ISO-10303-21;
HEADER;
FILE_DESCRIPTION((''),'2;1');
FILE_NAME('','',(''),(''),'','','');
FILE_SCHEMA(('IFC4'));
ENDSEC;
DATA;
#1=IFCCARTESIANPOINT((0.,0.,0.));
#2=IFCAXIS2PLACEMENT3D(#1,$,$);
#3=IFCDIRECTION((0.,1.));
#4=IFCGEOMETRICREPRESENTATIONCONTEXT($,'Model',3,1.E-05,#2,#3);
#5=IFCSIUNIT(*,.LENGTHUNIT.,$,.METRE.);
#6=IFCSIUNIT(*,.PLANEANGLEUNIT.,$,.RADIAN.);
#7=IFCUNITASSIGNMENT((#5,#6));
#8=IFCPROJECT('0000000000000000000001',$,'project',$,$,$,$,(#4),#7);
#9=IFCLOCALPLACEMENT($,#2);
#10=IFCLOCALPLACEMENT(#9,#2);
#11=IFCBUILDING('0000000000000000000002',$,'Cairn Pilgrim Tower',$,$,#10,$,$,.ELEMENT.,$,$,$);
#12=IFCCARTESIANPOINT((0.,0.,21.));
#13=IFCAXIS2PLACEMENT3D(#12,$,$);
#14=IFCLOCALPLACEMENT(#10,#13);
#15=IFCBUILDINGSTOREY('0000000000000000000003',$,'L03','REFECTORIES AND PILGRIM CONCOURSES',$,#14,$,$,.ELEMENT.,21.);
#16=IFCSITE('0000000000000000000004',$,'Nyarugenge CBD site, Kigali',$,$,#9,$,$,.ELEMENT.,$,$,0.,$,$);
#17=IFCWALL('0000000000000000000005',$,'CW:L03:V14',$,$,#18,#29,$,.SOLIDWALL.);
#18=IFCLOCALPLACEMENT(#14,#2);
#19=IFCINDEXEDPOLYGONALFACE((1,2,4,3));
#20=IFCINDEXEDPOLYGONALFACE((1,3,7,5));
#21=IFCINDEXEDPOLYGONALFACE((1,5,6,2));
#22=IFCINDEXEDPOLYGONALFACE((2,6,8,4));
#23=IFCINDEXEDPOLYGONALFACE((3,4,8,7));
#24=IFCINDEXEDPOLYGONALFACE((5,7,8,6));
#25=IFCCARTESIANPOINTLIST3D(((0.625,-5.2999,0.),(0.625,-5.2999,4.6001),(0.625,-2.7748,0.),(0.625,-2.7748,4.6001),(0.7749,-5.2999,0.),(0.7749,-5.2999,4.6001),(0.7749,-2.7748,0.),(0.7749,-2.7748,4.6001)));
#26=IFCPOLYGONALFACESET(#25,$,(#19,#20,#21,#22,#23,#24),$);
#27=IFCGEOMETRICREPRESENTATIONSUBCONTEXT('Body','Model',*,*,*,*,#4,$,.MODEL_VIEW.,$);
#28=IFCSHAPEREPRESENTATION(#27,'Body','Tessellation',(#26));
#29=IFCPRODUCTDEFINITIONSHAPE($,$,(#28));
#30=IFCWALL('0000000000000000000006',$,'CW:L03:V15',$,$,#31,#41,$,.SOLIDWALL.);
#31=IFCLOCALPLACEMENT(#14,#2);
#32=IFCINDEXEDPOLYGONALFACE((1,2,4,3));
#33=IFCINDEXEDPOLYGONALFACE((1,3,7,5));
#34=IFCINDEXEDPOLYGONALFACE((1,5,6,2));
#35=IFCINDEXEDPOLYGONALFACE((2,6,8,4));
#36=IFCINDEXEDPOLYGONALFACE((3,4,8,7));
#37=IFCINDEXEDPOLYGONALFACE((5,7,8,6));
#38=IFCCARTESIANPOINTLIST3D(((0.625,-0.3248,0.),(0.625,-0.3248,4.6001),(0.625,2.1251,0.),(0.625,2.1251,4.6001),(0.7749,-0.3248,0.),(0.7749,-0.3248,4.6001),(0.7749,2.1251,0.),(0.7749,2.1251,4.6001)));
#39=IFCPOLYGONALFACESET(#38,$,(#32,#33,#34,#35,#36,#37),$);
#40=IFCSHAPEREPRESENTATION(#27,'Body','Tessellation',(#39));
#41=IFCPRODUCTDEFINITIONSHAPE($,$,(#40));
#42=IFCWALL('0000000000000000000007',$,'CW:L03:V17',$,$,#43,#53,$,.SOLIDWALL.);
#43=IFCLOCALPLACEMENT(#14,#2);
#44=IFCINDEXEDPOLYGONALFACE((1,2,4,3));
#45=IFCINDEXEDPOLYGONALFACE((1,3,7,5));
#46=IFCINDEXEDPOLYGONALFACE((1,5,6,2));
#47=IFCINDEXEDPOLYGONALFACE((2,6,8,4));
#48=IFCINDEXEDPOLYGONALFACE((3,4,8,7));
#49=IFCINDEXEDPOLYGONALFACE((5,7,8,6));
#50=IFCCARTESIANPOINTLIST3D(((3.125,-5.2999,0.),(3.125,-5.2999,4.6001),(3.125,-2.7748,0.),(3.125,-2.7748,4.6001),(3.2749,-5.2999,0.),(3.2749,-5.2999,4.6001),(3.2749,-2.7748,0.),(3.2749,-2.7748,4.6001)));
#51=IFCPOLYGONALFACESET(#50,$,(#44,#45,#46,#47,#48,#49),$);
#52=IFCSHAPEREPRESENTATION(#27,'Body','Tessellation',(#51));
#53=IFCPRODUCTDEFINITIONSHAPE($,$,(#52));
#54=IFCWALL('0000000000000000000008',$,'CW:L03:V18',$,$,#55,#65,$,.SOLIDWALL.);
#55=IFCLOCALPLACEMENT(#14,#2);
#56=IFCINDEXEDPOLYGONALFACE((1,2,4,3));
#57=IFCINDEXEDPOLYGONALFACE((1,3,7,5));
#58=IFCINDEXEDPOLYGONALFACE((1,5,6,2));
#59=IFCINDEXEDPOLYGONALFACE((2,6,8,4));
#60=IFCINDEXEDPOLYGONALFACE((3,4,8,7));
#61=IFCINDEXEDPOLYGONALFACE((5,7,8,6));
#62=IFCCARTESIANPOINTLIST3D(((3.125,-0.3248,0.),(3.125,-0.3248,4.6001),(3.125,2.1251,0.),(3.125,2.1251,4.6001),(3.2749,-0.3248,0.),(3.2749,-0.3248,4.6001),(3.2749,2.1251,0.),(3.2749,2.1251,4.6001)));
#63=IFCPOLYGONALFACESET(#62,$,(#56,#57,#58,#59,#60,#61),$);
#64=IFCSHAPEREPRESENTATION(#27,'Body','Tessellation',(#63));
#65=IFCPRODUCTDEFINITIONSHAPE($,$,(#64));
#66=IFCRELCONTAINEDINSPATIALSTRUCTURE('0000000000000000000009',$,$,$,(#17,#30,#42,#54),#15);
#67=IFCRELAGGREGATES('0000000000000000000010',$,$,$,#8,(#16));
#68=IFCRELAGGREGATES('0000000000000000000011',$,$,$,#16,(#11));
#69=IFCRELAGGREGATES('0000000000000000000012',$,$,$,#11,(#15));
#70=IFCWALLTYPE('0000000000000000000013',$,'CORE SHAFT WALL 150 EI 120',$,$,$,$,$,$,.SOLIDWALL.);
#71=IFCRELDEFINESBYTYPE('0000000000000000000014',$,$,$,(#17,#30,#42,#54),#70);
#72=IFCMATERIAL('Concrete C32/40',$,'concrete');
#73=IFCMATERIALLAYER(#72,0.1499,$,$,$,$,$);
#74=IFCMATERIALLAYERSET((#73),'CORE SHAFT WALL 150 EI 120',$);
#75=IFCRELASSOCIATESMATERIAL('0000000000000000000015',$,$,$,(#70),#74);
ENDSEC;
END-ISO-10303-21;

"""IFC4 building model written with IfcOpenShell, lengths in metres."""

from ifc_helpers import new_model, si_unit, direction, frame, frame_2d, origin, place, context, subcontext, project, spatial, rectangle, extrude, material, layer, layer_set, type_object, element, save


model = new_model("IFC4")

# Units and contexts
model_context = context("Model", 3, precision=1e-05, world=origin(), true_north=direction((0.0, 1.0)))
body_context = subcontext(model_context, "Body", "Model", "MODEL_VIEW")
ifc_project = project(units=[si_unit("LENGTHUNIT", "METRE"), si_unit("PLANEANGLEUNIT", "RADIAN")], contexts=[model_context])

# Site, building, storey
site_placement = place(None, origin())
site = spatial("IfcSite", under=ifc_project, at=site_placement, Name="Nyarugenge CBD site, Kigali", CompositionType="ELEMENT", RefElevation=0.0)
building_placement = place(site_placement, origin())
building = spatial("IfcBuilding", under=site, at=building_placement, Name="Cairn Pilgrim Tower", CompositionType="ELEMENT")
storey_placement = place(building_placement, frame((0.0, 0.0, 21.0)))
storey = spatial("IfcBuildingStorey", under=building, at=storey_placement, Name="L03", Description="REFECTORIES AND PILGRIM CONCOURSES", CompositionType="ELEMENT", Elevation=21.0)

# Shared definitions
ifc_material_1 = material(Name="Concrete C32/40", Category="concrete")

# Shared definitions
ifc_layer_1 = layer(ifc_material_1, 0.1499)
ifc_layer_set_1 = layer_set([ifc_layer_1], Name="CORE SHAFT WALL 150 EI 120")
wall_type = type_object("IfcWallType", Name="CORE SHAFT WALL 150 EI 120", PredefinedType="SOLIDWALL", material=ifc_layer_set_1)

# Walls
wall_1_placement = place(storey_placement, frame((0.7, -5.3, 0.0), z_axis=(0.0, 0.0, 1.0), x_axis=(0.0, 1.0, 0.0)))
element("IfcWall", 1, at=wall_1_placement, inside=storey, type_object=wall_type, Name="CW:L03:V14", PredefinedType="SOLIDWALL", context=body_context, shape_type="SweptSolid", body=[
    extrude(rectangle(XDim=2.5251, YDim=0.1499, at=frame_2d((1.2627, 0.0))), origin(), (0.0, 0.0, 1.0), 4.6001),
])
wall_2_placement = place(storey_placement, frame((0.7, -0.325, 0.0), z_axis=(0.0, 0.0, 1.0), x_axis=(0.0, 1.0, 0.0)))
element("IfcWall", 2, at=wall_2_placement, inside=storey, type_object=wall_type, Name="CW:L03:V15", PredefinedType="SOLIDWALL", context=body_context, shape_type="SweptSolid", body=[
    extrude(rectangle(XDim=2.45, YDim=0.1499, at=frame_2d((1.2251, 0.0))), origin(), (0.0, 0.0, 1.0), 4.6001),
])
wall_3_placement = place(storey_placement, frame((3.2, -5.3, 0.0), z_axis=(0.0, 0.0, 1.0), x_axis=(0.0, 1.0, 0.0)))
element("IfcWall", 3, at=wall_3_placement, inside=storey, type_object=wall_type, Name="CW:L03:V17", PredefinedType="SOLIDWALL", context=body_context, shape_type="SweptSolid", body=[
    extrude(rectangle(XDim=2.5251, YDim=0.1499, at=frame_2d((1.2627, 0.0))), origin(), (0.0, 0.0, 1.0), 4.6001),
])
wall_4_placement = place(storey_placement, frame((3.2, -0.325, 0.0), z_axis=(0.0, 0.0, 1.0), x_axis=(0.0, 1.0, 0.0)))
element("IfcWall", 4, at=wall_4_placement, inside=storey, type_object=wall_type, Name="CW:L03:V18", PredefinedType="SOLIDWALL", context=body_context, shape_type="SweptSolid", body=[
    extrude(rectangle(XDim=2.45, YDim=0.1499, at=frame_2d((1.2251, 0.0))), origin(), (0.0, 0.0, 1.0), 4.6001),
])

save(model, "model.ifc")
